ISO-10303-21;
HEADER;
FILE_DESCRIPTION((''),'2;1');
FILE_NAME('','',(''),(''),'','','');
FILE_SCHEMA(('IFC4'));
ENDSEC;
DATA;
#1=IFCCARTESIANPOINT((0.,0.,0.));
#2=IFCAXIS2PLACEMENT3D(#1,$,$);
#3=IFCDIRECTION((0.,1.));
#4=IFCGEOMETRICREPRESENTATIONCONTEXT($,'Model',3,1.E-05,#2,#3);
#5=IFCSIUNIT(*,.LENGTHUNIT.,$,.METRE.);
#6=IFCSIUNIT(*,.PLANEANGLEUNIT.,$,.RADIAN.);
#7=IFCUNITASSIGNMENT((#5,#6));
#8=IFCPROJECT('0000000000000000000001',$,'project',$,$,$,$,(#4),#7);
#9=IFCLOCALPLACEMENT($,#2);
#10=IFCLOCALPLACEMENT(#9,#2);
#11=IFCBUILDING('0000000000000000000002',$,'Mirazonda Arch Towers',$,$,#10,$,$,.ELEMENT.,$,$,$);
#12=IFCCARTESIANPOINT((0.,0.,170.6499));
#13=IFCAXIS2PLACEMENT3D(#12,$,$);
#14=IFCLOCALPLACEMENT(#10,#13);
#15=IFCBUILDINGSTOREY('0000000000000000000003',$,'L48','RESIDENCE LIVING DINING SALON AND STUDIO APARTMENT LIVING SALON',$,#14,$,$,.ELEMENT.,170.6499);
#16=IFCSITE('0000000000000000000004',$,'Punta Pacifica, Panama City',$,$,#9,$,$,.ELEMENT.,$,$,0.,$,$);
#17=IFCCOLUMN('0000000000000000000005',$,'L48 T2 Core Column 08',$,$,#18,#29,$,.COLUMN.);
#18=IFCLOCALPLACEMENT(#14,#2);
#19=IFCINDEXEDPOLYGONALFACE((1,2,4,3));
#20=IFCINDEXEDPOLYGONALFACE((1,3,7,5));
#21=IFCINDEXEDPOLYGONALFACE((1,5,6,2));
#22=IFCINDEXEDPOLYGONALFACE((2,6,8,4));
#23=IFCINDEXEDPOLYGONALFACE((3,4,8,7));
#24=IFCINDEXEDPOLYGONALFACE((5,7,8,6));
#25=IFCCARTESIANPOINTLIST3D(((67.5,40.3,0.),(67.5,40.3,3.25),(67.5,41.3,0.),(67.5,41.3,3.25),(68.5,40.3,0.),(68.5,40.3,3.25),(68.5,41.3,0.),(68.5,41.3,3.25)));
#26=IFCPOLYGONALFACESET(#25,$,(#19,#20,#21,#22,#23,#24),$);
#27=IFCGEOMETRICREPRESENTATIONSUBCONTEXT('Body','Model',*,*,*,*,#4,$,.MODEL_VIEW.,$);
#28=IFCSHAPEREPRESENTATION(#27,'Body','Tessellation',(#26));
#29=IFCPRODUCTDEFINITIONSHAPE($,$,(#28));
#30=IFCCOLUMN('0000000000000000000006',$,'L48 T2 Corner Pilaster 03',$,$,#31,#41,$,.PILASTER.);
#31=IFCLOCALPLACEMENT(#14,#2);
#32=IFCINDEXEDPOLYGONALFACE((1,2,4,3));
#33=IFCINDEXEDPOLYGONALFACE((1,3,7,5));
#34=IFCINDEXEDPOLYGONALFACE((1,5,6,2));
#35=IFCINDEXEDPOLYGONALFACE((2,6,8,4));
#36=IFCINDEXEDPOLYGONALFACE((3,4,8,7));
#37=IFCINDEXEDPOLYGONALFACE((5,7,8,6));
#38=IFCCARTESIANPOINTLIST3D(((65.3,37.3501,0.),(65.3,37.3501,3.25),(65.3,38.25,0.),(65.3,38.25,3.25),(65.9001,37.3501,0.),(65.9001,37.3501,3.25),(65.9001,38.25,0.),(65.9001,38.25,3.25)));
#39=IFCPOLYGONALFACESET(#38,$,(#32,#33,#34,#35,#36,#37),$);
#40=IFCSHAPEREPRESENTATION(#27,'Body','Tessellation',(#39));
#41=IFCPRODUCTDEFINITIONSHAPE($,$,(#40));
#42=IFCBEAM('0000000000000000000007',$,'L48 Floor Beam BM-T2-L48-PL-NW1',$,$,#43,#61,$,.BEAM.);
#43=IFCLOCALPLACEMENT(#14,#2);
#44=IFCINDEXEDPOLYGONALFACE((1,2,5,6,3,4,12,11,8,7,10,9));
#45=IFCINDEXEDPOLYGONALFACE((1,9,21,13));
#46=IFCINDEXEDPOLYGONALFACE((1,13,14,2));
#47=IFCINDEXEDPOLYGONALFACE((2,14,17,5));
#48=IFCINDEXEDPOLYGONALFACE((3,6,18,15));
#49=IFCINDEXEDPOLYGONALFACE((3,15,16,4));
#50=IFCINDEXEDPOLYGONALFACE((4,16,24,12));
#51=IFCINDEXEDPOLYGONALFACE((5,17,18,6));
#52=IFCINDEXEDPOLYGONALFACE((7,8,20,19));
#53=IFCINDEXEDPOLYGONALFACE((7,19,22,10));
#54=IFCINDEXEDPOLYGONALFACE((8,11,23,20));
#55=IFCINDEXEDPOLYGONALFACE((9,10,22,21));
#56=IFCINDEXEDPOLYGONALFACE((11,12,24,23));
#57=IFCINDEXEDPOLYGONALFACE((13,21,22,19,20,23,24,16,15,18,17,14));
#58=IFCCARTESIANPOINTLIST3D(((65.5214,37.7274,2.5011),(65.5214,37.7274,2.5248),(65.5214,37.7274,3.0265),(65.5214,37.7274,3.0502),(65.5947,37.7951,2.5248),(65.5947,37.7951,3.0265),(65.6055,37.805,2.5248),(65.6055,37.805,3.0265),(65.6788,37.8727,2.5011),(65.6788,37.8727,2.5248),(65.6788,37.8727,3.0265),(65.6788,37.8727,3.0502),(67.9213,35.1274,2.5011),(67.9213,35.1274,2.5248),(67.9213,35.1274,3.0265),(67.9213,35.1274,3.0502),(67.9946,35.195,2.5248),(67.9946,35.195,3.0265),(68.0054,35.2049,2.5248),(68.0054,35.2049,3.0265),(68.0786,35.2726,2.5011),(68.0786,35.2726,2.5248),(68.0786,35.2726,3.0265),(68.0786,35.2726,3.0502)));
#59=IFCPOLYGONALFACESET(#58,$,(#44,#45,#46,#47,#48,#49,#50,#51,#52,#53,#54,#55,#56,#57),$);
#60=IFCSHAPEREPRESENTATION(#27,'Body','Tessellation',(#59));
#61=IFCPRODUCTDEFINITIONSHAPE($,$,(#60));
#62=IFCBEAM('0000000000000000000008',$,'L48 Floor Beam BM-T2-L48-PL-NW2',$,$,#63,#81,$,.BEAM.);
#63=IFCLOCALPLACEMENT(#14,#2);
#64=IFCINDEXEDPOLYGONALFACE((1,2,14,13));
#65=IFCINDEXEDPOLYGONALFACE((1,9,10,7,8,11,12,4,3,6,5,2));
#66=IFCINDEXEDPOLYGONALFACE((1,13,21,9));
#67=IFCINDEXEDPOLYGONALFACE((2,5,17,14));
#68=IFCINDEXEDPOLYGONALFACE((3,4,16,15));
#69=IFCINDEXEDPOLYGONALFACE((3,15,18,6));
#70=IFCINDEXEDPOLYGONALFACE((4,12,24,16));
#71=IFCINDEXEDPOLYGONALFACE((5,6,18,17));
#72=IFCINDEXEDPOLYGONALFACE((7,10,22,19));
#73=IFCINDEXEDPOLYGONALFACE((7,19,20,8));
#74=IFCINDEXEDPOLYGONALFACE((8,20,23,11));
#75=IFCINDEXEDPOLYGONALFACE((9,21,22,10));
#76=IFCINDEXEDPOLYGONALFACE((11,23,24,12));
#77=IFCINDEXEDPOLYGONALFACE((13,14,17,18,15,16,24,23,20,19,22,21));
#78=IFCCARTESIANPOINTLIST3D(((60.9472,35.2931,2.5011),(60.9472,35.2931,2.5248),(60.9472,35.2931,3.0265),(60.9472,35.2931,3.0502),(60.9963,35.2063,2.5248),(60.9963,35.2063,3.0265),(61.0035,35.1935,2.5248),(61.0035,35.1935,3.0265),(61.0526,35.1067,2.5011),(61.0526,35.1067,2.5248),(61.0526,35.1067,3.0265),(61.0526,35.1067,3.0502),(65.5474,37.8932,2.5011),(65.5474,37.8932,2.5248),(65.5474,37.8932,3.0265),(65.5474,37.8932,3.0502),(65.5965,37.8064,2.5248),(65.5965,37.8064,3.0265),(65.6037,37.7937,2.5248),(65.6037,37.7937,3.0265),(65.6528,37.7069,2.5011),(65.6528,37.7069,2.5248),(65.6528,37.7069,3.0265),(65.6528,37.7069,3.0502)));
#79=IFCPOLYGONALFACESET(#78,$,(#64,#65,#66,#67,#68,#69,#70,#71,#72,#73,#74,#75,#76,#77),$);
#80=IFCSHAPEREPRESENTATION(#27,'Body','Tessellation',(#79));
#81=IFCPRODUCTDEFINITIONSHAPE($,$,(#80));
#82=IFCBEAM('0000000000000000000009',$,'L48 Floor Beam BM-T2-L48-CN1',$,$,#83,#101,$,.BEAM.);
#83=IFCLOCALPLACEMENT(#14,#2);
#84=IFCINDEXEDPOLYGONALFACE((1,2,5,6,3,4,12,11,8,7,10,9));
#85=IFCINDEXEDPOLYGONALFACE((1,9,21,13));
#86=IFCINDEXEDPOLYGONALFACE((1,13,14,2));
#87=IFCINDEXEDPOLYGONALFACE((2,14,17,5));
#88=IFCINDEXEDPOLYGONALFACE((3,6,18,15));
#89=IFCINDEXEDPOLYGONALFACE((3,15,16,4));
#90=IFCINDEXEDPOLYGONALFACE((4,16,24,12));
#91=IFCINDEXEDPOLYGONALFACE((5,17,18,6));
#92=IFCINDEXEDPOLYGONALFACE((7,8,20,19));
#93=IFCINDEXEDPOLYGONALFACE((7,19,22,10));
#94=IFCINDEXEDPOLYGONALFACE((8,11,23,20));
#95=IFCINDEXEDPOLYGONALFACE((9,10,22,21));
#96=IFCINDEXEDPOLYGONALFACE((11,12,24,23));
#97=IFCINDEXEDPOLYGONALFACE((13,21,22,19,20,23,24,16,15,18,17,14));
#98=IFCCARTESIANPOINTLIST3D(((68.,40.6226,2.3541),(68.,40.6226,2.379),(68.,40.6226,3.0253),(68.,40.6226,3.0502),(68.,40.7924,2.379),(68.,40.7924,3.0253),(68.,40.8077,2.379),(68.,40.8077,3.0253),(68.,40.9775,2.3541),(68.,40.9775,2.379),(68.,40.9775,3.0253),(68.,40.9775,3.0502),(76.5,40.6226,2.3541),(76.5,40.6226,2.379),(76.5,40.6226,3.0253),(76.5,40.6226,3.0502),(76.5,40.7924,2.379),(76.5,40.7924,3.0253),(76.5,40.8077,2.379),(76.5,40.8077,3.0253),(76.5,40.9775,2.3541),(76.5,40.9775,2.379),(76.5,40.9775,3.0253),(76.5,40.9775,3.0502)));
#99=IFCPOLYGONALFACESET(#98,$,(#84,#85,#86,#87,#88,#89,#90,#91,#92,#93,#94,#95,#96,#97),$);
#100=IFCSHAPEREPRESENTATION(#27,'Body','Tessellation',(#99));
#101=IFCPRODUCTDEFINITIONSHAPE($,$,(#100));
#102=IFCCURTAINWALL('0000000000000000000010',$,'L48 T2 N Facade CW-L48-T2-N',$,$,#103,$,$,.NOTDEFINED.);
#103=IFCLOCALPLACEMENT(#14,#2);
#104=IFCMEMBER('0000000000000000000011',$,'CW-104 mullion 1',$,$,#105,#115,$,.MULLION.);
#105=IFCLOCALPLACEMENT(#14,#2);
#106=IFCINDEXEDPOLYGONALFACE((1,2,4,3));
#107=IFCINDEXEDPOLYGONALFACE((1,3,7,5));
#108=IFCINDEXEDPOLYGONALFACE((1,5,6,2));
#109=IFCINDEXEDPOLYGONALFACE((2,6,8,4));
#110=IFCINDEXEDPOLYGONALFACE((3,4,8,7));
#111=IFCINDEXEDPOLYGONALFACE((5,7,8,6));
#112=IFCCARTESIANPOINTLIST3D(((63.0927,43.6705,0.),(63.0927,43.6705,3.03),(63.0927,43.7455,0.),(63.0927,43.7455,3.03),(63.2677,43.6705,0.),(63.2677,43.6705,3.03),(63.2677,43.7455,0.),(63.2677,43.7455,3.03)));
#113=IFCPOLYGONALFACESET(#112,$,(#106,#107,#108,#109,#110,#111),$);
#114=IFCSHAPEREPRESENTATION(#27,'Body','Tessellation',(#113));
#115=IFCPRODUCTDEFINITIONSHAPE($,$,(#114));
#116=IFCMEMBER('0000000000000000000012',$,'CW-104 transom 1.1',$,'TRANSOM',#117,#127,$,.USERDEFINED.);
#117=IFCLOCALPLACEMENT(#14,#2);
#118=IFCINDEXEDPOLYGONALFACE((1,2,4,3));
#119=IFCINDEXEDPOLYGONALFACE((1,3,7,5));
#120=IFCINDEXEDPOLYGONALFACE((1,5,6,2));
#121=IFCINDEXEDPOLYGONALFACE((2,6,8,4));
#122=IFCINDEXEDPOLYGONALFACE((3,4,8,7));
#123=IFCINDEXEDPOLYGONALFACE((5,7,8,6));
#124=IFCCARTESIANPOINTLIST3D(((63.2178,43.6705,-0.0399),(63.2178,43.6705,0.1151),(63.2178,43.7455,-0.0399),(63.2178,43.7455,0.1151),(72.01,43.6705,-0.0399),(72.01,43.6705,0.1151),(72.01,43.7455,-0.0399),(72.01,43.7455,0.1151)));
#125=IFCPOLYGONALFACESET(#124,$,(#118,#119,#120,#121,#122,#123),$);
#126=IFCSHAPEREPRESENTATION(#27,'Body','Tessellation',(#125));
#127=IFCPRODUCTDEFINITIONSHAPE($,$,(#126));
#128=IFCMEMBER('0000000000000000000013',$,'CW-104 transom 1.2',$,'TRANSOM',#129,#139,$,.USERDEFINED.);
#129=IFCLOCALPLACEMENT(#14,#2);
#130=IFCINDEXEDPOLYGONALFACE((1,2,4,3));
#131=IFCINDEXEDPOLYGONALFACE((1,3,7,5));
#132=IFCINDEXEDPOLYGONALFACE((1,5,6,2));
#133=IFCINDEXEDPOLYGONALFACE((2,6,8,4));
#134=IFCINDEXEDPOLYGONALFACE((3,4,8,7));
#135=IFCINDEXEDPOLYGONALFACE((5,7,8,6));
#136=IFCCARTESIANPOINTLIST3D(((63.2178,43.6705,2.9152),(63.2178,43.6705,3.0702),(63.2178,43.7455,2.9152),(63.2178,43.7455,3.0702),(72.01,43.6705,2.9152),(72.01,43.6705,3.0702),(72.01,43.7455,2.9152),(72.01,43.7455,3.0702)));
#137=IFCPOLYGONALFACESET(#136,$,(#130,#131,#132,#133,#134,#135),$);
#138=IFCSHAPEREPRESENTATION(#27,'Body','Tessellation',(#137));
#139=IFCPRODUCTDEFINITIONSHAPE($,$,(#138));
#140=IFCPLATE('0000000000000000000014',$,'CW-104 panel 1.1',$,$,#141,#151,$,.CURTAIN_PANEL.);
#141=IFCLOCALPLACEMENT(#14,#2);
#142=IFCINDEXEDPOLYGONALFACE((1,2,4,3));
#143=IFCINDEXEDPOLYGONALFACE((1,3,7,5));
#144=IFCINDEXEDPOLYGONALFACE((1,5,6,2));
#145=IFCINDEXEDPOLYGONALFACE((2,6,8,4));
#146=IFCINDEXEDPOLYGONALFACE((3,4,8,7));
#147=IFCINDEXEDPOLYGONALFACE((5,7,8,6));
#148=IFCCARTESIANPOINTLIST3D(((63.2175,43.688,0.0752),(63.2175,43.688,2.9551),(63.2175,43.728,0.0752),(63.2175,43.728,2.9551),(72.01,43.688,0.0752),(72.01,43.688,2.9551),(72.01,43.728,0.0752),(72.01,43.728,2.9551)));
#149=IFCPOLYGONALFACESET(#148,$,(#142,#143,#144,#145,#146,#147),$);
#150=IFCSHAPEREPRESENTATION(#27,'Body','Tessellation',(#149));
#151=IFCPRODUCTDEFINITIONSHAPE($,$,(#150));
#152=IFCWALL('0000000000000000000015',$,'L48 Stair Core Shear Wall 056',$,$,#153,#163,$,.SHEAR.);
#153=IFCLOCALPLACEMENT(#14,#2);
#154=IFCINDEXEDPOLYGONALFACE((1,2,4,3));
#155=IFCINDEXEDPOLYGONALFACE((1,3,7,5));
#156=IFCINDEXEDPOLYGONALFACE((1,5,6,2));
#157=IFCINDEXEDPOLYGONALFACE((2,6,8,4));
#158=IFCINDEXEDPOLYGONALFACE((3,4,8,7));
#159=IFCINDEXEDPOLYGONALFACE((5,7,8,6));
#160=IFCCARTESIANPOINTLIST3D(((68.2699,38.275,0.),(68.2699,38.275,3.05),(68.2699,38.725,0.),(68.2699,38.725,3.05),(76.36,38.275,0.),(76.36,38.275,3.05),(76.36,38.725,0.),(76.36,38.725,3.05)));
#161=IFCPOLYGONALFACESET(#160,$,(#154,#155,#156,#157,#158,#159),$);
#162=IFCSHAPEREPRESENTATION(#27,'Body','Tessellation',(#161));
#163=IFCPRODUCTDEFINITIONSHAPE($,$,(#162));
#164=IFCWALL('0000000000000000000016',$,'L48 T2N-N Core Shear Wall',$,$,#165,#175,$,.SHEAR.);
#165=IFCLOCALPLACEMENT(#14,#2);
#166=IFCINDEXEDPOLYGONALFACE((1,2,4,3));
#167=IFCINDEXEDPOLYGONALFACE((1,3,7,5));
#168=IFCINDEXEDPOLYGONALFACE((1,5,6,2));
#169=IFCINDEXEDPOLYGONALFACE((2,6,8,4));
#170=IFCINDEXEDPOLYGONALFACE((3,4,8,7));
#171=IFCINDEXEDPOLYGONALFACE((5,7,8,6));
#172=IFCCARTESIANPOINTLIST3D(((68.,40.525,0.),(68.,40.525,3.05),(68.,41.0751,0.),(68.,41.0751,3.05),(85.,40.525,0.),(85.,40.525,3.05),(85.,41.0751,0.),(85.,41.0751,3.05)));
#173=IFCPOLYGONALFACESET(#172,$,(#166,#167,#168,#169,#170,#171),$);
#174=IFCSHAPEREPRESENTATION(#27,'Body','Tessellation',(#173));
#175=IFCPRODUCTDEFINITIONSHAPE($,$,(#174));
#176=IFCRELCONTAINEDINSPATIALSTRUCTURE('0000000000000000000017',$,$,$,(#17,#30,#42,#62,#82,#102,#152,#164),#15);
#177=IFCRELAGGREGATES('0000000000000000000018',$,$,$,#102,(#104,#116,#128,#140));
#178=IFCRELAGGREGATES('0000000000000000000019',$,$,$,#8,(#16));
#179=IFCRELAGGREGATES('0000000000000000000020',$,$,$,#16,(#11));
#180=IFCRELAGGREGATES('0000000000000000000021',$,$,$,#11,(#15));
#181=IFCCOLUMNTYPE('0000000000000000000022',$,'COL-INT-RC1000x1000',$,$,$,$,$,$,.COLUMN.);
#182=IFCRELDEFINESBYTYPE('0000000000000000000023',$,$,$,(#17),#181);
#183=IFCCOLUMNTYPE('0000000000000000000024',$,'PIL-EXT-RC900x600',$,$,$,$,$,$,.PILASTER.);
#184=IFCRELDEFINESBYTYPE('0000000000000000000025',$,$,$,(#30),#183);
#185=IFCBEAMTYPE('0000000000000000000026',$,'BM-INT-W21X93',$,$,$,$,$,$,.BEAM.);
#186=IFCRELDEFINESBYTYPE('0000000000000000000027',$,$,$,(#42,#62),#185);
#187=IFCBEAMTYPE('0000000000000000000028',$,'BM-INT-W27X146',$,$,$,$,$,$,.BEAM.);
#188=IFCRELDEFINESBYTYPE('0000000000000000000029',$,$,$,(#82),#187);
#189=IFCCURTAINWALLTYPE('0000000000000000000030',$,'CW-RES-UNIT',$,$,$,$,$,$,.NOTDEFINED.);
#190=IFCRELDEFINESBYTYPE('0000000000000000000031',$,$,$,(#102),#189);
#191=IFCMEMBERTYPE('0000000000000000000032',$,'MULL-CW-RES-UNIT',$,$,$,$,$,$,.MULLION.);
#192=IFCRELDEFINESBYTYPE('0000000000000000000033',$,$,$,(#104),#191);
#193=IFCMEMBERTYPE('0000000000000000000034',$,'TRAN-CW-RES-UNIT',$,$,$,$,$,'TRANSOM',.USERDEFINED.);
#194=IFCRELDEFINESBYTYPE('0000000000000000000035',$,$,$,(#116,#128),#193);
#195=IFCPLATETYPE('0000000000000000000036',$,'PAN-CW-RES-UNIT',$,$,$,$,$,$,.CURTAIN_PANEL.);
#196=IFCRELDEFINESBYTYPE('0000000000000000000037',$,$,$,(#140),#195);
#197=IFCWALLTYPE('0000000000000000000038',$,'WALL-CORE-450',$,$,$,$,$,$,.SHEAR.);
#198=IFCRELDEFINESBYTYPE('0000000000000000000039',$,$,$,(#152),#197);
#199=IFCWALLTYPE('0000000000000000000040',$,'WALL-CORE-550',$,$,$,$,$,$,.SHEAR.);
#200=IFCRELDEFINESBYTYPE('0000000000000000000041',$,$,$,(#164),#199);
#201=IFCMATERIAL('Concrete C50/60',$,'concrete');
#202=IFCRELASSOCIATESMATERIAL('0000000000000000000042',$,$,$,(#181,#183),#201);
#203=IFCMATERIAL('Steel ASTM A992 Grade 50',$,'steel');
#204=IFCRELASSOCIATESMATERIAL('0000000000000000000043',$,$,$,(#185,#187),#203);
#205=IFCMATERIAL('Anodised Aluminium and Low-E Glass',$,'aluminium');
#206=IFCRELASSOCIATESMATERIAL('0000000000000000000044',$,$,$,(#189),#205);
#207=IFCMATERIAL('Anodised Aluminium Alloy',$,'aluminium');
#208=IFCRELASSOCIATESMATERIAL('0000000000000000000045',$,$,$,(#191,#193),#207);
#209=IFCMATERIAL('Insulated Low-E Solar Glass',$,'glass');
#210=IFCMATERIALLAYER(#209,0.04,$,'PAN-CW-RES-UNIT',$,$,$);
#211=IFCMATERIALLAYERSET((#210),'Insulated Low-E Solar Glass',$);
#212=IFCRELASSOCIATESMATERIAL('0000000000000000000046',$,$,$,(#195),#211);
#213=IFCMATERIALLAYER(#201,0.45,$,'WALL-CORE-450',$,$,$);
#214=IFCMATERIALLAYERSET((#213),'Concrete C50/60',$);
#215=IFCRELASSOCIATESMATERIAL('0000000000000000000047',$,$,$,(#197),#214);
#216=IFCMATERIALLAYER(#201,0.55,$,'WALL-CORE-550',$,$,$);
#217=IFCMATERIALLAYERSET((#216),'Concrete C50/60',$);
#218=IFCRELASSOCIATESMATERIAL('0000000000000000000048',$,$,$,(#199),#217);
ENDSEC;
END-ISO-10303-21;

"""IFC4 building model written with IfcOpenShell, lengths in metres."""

from ifc_helpers import new_model, si_unit, direction, frame, frame_2d, origin, origin_2d, place, context, subcontext, project, spatial, rectangle, i_section, extrude, material, layer, layer_set, material_profile, profile_set, type_object, element, aggregate, save


model = new_model("IFC4")

# Units and contexts
model_context = context("Model", 3, precision=1e-05, world=origin(), true_north=direction((0.0, 1.0)))
body_context = subcontext(model_context, "Body", "Model", "MODEL_VIEW")
ifc_project = project(units=[si_unit("LENGTHUNIT", "METRE"), si_unit("PLANEANGLEUNIT", "RADIAN")], contexts=[model_context])

# Site, building, storey
site_placement = place(None, origin())
site = spatial("IfcSite", under=ifc_project, at=site_placement, Name="Punta Pacifica, Panama City", CompositionType="ELEMENT", RefElevation=0.0)
building_placement = place(site_placement, origin())
building = spatial("IfcBuilding", under=site, at=building_placement, Name="Mirazonda Arch Towers", CompositionType="ELEMENT")
storey_placement = place(building_placement, frame((0.0, 0.0, 170.6499)))
storey = spatial("IfcBuildingStorey", under=building, at=storey_placement, Name="L48", Description="RESIDENCE LIVING DINING SALON AND STUDIO APARTMENT LIVING SALON", CompositionType="ELEMENT", Elevation=170.6499)

# Columns
ifc_material_1 = material(Name="Concrete C50/60", Category="concrete")
ifc_material_profile_1 = material_profile(ifc_material_1, rectangle(XDim=1.0, YDim=1.0, at=origin_2d()), Name="RC1000x1000")
ifc_profile_set_1 = profile_set([ifc_material_profile_1], Name="Concrete C50/60")
column_type_1 = type_object("IfcColumnType", Name="COL-INT-RC1000x1000", PredefinedType="COLUMN", material=ifc_profile_set_1)
column_1_placement = place(storey_placement, frame((68.0, 40.8, 0.0), z_axis=(0.0, 0.0, 1.0), x_axis=(1.0, 0.0, 0.0)))
element("IfcColumn", 1, at=column_1_placement, inside=storey, type_object=column_type_1, Name="L48 T2 Core Column 08", PredefinedType="COLUMN", context=body_context, shape_type="SweptSolid", body=[
    extrude(rectangle(XDim=1.0, YDim=1.0, at=origin_2d()), origin(), (0.0, 0.0, 1.0), 3.25),
])
ifc_material_profile_2 = material_profile(ifc_material_1, rectangle(XDim=0.6001, YDim=0.8999, at=origin_2d()), Name="RC900x600")
ifc_profile_set_2 = profile_set([ifc_material_profile_2], Name="Concrete C50/60")
column_type_2 = type_object("IfcColumnType", Name="PIL-EXT-RC900x600", PredefinedType="PILASTER", material=ifc_profile_set_2)
column_2_placement = place(storey_placement, frame((65.6001, 37.8, 0.0), z_axis=(0.0, 0.0, 1.0), x_axis=(1.0, 0.0, 0.0)))
element("IfcColumn", 2, at=column_2_placement, inside=storey, type_object=column_type_2, Name="L48 T2 Corner Pilaster 03", PredefinedType="PILASTER", context=body_context, shape_type="SweptSolid", body=[
    extrude(rectangle(XDim=0.6001, YDim=0.8999, at=origin_2d()), origin(), (0.0, 0.0, 1.0), 3.25),
])

# Beams
ifc_material_2 = material(Name="Steel ASTM A992 Grade 50", Category="steel")
ifc_material_profile_3 = material_profile(ifc_material_2, i_section(OverallWidth=0.2141, OverallDepth=0.5491, WebThickness=0.0146, FlangeThickness=0.0237, at=origin_2d()), Name="W21X93")
ifc_profile_set_3 = profile_set([ifc_material_profile_3], Name="Steel ASTM A992 Grade 50")
beam_type_1 = type_object("IfcBeamType", Name="BM-INT-W21X93", PredefinedType="BEAM", material=ifc_profile_set_3)
beam_1_placement = place(storey_placement, frame((65.6001, 37.8, 2.7756), z_axis=(0.678251, -0.73483, 0.0), x_axis=(0.73483, 0.678251, 0.0)))
element("IfcBeam", 3, at=beam_1_placement, inside=storey, type_object=beam_type_1, Name="L48 Floor Beam BM-T2-L48-PL-NW1", PredefinedType="BEAM", context=body_context, shape_type="SweptSolid", body=[
    extrude(i_section(OverallWidth=0.2141, OverallDepth=0.5491, WebThickness=0.0146, FlangeThickness=0.0237, at=origin_2d()), origin(), (0.0, 0.0, 1.0), 3.5383),
])
beam_2_placement = place(storey_placement, frame((65.6001, 37.8, 2.7756), z_axis=(-0.870559, -0.492063, 0.0), x_axis=(0.492063, -0.870559, 0.0)))
element("IfcBeam", 4, at=beam_2_placement, inside=storey, type_object=beam_type_1, Name="L48 Floor Beam BM-T2-L48-PL-NW2", PredefinedType="BEAM", context=body_context, shape_type="SweptSolid", body=[
    extrude(i_section(OverallWidth=0.2141, OverallDepth=0.5491, WebThickness=0.0146, FlangeThickness=0.0237, at=origin_2d()), origin(), (0.0, 0.0, 1.0), 5.2842),
])
ifc_material_profile_4 = material_profile(ifc_material_2, i_section(OverallWidth=0.355, OverallDepth=0.696, WebThickness=0.0154, FlangeThickness=0.0249, at=origin_2d()), Name="W27X146")
ifc_profile_set_4 = profile_set([ifc_material_profile_4], Name="Steel ASTM A992 Grade 50")
beam_type_2 = type_object("IfcBeamType", Name="BM-INT-W27X146", PredefinedType="BEAM", material=ifc_profile_set_4)
beam_3_placement = place(storey_placement, frame((68.0, 40.8, 2.7021), z_axis=(1.0, 0.0, 0.0), x_axis=(0.0, 1.0, 0.0)))
element("IfcBeam", 5, at=beam_3_placement, inside=storey, type_object=beam_type_2, Name="L48 Floor Beam BM-T2-L48-CN1", PredefinedType="BEAM", context=body_context, shape_type="SweptSolid", body=[
    extrude(i_section(OverallWidth=0.355, OverallDepth=0.696, WebThickness=0.0154, FlangeThickness=0.0249, at=origin_2d()), origin(), (0.0, 0.0, 1.0), 8.5),
])

# Curtain wall, members, plate
ifc_material_3 = material(Name="Anodised Aluminium and Low-E Glass", Category="aluminium")
curtain_wall_type = type_object("IfcCurtainWallType", Name="CW-RES-UNIT", PredefinedType="NOTDEFINED", material=ifc_material_3)
curtain_wall_placement = place(storey_placement, origin())
curtain_wall = element("IfcCurtainWall", 6, at=curtain_wall_placement, inside=storey, type_object=curtain_wall_type, Name="L48 T2 N Facade CW-L48-T2-N", PredefinedType="NOTDEFINED")
ifc_material_4 = material(Name="Anodised Aluminium Alloy", Category="aluminium")
ifc_material_profile_5 = material_profile(ifc_material_4, rectangle(XDim=0.075, YDim=0.175, at=origin_2d()), Name="ALU-MULL-75x175")
ifc_profile_set_5 = profile_set([ifc_material_profile_5], Name="Anodised Aluminium Alloy")
member_type_1 = type_object("IfcMemberType", Name="MULL-CW-RES-UNIT", PredefinedType="MULLION", material=ifc_profile_set_5)
member_1_placement = place(storey_placement, frame((63.1802, 43.708, 0.0), z_axis=(0.0, 0.0, 1.0), x_axis=(0.0, 1.0, 0.0)))
member_1 = element("IfcMember", 7, at=member_1_placement, type_object=member_type_1, Name="CW-104 mullion 1", PredefinedType="MULLION", context=body_context, shape_type="SweptSolid", body=[
    extrude(rectangle(XDim=0.075, YDim=0.175, at=origin_2d()), origin(), (0.0, 0.0, 1.0), 3.03),
])
ifc_material_profile_6 = material_profile(ifc_material_4, rectangle(XDim=0.075, YDim=0.155, at=origin_2d()), Name="ALU-TRAN-75x155")
ifc_profile_set_6 = profile_set([ifc_material_profile_6], Name="Anodised Aluminium Alloy")
member_type_2 = type_object("IfcMemberType", Name="TRAN-CW-RES-UNIT", ElementType="TRANSOM", PredefinedType="USERDEFINED", material=ifc_profile_set_6)
member_2_placement = place(storey_placement, frame((63.2178, 43.708, 0.0376), z_axis=(1.0, 0.0, 0.0), x_axis=(0.0, 1.0, 0.0)))
member_2 = element("IfcMember", 8, at=member_2_placement, type_object=member_type_2, Name="CW-104 transom 1.1", ObjectType="TRANSOM", PredefinedType="USERDEFINED", context=body_context, shape_type="SweptSolid", body=[
    extrude(rectangle(XDim=0.075, YDim=0.155, at=origin_2d()), origin(), (0.0, 0.0, 1.0), 8.7922),
])
member_3_placement = place(storey_placement, frame((63.2178, 43.708, 2.9927), z_axis=(1.0, 0.0, 0.0), x_axis=(0.0, 1.0, 0.0)))
member_3 = element("IfcMember", 9, at=member_3_placement, type_object=member_type_2, Name="CW-104 transom 1.2", ObjectType="TRANSOM", PredefinedType="USERDEFINED", context=body_context, shape_type="SweptSolid", body=[
    extrude(rectangle(XDim=0.075, YDim=0.155, at=origin_2d()), origin(), (0.0, 0.0, 1.0), 8.7922),
])
ifc_material_5 = material(Name="Insulated Low-E Solar Glass", Category="glass")
ifc_layer_1 = layer(ifc_material_5, 0.04, Name="PAN-CW-RES-UNIT")
ifc_layer_set_1 = layer_set([ifc_layer_1], Name="Insulated Low-E Solar Glass")
plate_type = type_object("IfcPlateType", Name="PAN-CW-RES-UNIT", PredefinedType="CURTAIN_PANEL", material=ifc_layer_set_1)
plate_placement = place(storey_placement, frame((67.6138, 43.708, 0.0752), z_axis=(0.0, 0.0, 1.0), x_axis=(1.0, 0.0, 0.0)))
plate = element("IfcPlate", 10, at=plate_placement, type_object=plate_type, Name="CW-104 panel 1.1", PredefinedType="CURTAIN_PANEL", context=body_context, shape_type="SweptSolid", body=[
    extrude(rectangle(XDim=8.7925, YDim=0.04, at=origin_2d()), origin(), (0.0, 0.0, 1.0), 2.8799),
])
aggregate(curtain_wall, [member_1, member_2, member_3, plate])

# Walls
ifc_layer_2 = layer(ifc_material_1, 0.45, Name="WALL-CORE-450")
ifc_layer_set_2 = layer_set([ifc_layer_2], Name="Concrete C50/60")
wall_type_1 = type_object("IfcWallType", Name="WALL-CORE-450", PredefinedType="SHEAR", material=ifc_layer_set_2)
wall_1_placement = place(storey_placement, frame((68.27, 38.5, 0.0), z_axis=(0.0, 0.0, 1.0), x_axis=(1.0, 0.0, 0.0)))
element("IfcWall", 11, at=wall_1_placement, inside=storey, type_object=wall_type_1, Name="L48 Stair Core Shear Wall 056", PredefinedType="SHEAR", context=body_context, shape_type="SweptSolid", body=[
    extrude(rectangle(XDim=8.0901, YDim=0.45, at=frame_2d((4.0449, 0.0))), origin(), (0.0, 0.0, 1.0), 3.05),
])
ifc_layer_3 = layer(ifc_material_1, 0.55, Name="WALL-CORE-550")
ifc_layer_set_3 = layer_set([ifc_layer_3], Name="Concrete C50/60")
wall_type_2 = type_object("IfcWallType", Name="WALL-CORE-550", PredefinedType="SHEAR", material=ifc_layer_set_3)
wall_2_placement = place(storey_placement, frame((68.0, 40.8, 0.0), z_axis=(0.0, 0.0, 1.0), x_axis=(1.0, 0.0, 0.0)))
element("IfcWall", 12, at=wall_2_placement, inside=storey, type_object=wall_type_2, Name="L48 T2N-N Core Shear Wall", PredefinedType="SHEAR", context=body_context, shape_type="SweptSolid", body=[
    extrude(rectangle(XDim=17.0, YDim=0.55, at=frame_2d((8.5, 0.0))), origin(), (0.0, 0.0, 1.0), 3.05),
])

save(model, "model.ifc")
